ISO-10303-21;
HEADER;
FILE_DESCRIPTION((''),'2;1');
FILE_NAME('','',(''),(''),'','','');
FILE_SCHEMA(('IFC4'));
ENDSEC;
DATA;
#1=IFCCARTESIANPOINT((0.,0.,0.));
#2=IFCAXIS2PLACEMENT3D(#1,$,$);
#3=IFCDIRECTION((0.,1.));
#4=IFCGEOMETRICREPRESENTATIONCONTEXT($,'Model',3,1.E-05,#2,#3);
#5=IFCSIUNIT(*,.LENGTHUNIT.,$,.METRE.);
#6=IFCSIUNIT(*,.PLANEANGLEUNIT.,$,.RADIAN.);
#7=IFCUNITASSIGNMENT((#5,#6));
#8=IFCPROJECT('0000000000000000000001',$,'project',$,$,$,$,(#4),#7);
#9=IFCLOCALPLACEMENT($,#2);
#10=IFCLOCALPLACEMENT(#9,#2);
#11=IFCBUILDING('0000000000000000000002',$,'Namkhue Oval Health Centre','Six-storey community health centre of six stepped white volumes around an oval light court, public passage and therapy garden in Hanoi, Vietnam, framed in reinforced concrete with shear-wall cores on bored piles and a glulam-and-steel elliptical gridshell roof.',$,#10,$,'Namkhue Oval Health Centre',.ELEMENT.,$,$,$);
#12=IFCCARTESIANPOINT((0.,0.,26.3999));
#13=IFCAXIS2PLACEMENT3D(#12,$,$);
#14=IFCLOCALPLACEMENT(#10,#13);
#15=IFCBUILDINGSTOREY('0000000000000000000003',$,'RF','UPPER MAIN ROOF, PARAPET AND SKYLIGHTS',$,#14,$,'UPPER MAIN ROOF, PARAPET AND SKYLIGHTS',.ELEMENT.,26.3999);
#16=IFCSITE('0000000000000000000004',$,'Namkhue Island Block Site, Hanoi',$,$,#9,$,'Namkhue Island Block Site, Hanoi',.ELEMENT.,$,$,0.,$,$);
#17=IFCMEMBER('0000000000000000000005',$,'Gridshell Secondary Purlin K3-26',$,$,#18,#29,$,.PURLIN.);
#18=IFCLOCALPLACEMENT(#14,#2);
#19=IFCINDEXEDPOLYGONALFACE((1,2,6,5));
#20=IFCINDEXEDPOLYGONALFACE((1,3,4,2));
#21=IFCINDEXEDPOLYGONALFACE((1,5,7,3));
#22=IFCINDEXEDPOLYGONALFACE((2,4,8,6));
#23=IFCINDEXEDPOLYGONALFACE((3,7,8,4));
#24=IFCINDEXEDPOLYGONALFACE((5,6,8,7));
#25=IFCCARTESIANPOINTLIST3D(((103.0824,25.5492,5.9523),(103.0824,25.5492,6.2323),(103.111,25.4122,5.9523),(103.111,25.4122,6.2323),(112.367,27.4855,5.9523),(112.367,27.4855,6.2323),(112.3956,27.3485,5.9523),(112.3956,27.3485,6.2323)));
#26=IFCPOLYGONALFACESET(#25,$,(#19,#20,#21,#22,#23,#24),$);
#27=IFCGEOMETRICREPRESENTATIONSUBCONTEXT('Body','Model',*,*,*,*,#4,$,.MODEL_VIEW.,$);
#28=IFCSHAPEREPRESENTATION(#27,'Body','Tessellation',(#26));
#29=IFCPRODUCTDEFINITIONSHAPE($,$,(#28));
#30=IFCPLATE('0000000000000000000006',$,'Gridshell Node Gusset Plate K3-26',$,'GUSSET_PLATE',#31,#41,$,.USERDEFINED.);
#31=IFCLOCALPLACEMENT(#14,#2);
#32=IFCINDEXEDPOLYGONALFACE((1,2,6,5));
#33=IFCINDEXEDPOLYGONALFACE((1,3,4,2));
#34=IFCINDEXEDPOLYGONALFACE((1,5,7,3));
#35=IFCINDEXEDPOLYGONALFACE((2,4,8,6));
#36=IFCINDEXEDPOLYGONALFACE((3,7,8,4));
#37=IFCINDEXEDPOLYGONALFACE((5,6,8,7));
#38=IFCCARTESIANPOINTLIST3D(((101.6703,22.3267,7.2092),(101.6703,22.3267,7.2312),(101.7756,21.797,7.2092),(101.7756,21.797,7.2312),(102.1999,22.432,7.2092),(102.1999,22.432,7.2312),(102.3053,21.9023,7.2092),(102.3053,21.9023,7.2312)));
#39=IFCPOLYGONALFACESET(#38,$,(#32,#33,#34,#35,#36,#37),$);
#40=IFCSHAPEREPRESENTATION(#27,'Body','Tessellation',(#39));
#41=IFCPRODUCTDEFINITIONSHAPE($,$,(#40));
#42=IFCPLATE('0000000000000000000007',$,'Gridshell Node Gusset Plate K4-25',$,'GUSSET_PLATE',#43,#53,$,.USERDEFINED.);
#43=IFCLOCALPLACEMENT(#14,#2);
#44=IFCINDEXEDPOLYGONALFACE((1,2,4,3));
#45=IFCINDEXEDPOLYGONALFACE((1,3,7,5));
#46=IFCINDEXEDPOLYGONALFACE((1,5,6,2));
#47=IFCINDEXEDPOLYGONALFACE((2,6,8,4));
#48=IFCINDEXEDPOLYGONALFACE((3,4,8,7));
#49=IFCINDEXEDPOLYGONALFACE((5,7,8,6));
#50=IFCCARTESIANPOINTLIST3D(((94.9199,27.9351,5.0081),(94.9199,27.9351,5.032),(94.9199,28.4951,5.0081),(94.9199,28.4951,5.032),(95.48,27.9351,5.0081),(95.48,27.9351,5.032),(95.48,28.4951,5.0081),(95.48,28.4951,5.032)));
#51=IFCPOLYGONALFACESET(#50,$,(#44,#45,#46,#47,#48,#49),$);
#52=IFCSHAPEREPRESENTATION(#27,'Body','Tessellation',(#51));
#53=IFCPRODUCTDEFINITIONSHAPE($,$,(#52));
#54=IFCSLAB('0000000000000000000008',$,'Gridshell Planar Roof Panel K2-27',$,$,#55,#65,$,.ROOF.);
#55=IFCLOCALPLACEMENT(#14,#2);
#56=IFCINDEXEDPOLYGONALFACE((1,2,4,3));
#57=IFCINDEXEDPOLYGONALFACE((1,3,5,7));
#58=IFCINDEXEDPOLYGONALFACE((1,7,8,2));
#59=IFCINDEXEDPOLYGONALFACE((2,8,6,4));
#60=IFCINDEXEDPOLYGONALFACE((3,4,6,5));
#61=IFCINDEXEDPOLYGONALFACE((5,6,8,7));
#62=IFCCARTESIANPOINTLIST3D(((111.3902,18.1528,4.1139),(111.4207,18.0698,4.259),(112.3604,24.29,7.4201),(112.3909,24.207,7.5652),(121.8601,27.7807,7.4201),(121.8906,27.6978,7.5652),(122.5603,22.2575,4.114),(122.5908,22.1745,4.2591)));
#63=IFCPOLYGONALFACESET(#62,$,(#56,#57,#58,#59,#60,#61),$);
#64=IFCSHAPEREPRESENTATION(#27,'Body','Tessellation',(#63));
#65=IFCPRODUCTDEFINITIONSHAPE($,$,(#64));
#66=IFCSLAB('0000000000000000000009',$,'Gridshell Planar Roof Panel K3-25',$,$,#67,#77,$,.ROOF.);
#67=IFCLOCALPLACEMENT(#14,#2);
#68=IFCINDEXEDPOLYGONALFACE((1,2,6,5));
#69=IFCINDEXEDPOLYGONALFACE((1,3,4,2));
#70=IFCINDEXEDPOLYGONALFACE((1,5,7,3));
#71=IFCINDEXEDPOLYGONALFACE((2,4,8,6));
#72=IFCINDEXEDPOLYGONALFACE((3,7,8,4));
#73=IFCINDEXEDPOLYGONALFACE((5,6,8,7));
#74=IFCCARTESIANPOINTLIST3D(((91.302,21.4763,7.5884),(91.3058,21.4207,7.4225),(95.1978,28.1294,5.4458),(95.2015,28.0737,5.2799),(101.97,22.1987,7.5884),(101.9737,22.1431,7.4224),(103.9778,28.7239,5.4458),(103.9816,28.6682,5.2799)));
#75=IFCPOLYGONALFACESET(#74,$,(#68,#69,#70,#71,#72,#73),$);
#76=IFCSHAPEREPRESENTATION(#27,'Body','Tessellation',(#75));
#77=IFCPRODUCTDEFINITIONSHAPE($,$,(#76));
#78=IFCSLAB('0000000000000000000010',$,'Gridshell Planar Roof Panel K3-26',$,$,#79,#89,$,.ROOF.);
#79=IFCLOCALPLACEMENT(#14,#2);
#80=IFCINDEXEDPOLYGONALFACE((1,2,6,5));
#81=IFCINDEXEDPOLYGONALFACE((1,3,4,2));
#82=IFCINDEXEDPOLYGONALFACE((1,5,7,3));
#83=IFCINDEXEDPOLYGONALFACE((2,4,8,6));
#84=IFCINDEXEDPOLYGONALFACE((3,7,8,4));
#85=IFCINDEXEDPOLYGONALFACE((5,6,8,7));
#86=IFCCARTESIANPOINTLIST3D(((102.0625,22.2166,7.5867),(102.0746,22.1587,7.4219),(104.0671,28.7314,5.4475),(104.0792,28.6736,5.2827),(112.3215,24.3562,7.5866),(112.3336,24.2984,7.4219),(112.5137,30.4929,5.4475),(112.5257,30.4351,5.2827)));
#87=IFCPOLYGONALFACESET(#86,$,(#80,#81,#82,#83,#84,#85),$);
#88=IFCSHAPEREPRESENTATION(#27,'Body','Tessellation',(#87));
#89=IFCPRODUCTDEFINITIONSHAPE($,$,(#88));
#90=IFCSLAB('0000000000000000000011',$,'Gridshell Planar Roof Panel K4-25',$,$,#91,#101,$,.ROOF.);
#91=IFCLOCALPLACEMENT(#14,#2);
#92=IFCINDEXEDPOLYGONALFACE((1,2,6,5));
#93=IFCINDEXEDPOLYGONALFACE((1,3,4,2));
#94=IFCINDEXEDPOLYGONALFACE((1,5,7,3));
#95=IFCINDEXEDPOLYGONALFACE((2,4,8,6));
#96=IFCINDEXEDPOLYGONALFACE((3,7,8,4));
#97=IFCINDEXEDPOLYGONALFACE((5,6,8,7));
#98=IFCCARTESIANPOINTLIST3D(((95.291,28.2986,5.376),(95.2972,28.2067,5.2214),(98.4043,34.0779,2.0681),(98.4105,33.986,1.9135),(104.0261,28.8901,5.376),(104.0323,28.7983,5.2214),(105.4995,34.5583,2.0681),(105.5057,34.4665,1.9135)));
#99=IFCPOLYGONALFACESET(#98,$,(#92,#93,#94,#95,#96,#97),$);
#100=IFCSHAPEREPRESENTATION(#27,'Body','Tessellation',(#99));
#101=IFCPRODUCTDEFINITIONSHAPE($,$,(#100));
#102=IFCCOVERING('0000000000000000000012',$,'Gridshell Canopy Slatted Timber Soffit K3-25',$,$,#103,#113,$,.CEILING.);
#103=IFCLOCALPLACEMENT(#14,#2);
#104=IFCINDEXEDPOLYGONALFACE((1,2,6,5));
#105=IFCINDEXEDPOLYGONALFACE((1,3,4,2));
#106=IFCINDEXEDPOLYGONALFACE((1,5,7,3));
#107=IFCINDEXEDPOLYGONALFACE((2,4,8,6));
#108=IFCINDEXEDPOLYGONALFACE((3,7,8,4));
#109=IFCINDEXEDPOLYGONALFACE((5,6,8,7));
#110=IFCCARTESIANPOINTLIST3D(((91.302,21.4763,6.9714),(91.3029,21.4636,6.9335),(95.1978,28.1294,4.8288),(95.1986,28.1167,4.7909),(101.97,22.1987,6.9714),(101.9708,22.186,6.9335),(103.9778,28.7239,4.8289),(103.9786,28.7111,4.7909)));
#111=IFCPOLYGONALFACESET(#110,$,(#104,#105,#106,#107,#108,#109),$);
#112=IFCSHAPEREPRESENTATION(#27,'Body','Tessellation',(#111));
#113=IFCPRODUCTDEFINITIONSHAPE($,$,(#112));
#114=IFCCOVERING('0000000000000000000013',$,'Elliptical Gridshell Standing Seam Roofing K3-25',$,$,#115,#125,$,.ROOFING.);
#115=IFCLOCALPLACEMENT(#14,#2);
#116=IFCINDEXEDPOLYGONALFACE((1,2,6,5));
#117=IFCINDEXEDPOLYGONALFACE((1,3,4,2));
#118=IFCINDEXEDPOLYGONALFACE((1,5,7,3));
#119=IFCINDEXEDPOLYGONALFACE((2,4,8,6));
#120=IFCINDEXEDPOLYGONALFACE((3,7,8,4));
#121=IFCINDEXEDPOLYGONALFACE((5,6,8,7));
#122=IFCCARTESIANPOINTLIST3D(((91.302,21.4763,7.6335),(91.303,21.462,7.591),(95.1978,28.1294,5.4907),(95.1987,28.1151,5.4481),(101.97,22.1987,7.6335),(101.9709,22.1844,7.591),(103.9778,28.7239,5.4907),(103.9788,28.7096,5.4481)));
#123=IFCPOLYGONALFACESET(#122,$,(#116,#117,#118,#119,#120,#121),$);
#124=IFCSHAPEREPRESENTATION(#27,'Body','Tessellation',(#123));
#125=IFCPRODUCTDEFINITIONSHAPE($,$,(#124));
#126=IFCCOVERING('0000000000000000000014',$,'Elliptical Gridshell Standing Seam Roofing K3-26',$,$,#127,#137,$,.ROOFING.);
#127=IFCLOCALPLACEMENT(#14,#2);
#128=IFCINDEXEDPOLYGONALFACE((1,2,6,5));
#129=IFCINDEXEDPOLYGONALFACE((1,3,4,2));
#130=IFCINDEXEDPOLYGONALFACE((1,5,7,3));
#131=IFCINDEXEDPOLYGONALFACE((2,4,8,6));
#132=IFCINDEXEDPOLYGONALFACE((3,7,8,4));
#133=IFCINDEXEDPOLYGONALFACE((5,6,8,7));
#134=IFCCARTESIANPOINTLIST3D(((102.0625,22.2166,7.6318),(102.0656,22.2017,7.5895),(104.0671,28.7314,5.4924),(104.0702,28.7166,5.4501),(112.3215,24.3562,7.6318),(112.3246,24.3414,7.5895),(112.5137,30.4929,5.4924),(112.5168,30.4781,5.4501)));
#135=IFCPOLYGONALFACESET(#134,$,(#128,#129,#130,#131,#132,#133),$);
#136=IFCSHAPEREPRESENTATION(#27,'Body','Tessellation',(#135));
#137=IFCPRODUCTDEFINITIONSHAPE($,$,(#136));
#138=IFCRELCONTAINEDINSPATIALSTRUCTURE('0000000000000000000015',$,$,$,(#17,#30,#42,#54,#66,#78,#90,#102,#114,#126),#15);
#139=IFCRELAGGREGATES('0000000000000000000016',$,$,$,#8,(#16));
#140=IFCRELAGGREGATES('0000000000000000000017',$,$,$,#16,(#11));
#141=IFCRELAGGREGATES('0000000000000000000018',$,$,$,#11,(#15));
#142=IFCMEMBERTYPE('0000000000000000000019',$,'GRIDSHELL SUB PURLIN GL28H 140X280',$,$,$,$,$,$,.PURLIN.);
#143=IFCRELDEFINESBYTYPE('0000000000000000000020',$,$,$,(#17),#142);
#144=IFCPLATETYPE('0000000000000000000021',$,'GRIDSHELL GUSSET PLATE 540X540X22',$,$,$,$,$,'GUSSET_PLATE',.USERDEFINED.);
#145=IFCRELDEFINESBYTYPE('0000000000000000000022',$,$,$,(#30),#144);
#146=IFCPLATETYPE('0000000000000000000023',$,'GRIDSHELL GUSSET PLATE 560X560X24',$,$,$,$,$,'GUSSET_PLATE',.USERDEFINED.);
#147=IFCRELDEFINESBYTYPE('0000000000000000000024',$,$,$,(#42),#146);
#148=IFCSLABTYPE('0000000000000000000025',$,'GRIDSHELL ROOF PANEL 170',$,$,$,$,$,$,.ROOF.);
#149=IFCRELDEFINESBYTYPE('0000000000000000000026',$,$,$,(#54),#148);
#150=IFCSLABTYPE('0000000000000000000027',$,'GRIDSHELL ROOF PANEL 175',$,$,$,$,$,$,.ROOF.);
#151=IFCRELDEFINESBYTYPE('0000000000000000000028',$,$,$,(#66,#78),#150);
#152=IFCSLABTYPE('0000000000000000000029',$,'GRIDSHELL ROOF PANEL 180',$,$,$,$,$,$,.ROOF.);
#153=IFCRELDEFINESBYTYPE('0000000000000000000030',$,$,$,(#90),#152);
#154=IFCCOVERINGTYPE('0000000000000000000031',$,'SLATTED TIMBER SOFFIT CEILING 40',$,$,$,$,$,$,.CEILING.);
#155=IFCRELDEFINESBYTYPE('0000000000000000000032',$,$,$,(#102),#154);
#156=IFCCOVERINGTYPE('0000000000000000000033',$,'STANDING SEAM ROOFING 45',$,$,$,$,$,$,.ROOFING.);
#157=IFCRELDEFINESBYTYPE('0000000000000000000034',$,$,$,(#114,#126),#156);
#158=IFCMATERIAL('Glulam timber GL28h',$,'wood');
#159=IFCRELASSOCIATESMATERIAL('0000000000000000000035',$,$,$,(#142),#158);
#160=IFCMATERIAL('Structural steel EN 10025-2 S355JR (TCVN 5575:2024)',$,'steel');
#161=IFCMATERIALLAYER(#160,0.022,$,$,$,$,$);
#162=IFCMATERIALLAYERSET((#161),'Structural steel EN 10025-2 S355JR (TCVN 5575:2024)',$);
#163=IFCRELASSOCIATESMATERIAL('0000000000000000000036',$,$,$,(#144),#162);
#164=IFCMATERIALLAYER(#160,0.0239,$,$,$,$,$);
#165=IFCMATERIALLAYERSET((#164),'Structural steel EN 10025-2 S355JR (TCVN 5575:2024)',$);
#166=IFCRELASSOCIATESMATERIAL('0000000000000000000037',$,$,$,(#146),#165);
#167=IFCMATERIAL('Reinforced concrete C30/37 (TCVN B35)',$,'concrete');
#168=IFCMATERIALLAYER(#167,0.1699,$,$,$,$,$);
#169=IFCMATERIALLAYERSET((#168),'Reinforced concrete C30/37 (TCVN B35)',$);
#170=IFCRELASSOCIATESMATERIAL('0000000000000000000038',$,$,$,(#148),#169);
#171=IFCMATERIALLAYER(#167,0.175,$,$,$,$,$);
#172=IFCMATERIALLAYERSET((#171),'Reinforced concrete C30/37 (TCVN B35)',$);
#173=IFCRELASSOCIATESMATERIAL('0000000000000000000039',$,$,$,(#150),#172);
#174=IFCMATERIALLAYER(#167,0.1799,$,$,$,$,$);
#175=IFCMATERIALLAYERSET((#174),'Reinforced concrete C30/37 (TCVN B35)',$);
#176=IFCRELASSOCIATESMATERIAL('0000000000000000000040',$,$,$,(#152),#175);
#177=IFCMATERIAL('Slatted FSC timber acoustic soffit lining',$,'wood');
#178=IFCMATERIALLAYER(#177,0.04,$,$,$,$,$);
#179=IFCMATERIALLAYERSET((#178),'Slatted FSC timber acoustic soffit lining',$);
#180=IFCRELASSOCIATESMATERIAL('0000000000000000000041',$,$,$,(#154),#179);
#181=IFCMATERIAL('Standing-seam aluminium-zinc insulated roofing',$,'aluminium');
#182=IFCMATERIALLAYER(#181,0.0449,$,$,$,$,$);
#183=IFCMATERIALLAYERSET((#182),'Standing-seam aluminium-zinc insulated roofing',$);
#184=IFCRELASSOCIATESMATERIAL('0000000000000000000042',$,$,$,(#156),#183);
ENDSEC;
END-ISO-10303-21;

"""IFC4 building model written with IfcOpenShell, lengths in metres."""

from ifc_helpers import new_model, si_unit, direction, frame, origin, origin_2d, place, context, subcontext, project, spatial, polyline, rectangle, outline, extrude, material, layer, layer_set, material_profile, profile_set, type_object, element, save


model = new_model("IFC4")

# Units and contexts
model_context = context("Model", 3, precision=1e-05, world=origin(), true_north=direction((0.0, 1.0)))
body_context = subcontext(model_context, "Body", "Model", "MODEL_VIEW")
ifc_project = project(units=[si_unit("LENGTHUNIT", "METRE"), si_unit("PLANEANGLEUNIT", "RADIAN")], contexts=[model_context])

# Site, building, storey
site_placement = place(None, origin())
site = spatial("IfcSite", under=ifc_project, at=site_placement, Name="Namkhue Island Block Site, Hanoi", LongName="Namkhue Island Block Site, Hanoi", CompositionType="ELEMENT", RefElevation=0.0)
building_placement = place(site_placement, origin())
building = spatial("IfcBuilding", under=site, at=building_placement, Name="Namkhue Oval Health Centre", Description="Six-storey community health centre of six stepped white volumes around an oval light court, public passage and therapy garden in Hanoi, Vietnam, framed in reinforced concrete with shear-wall cores on bored piles and a glulam-and-steel elliptical gridshell roof.", LongName="Namkhue Oval Health Centre", CompositionType="ELEMENT")
storey_placement = place(building_placement, frame((0.0, 0.0, 26.3999)))
storey = spatial("IfcBuildingStorey", under=building, at=storey_placement, Name="RF", Description="UPPER MAIN ROOF, PARAPET AND SKYLIGHTS", LongName="UPPER MAIN ROOF, PARAPET AND SKYLIGHTS", CompositionType="ELEMENT", Elevation=26.3999)

# Member
ifc_material_1 = material(Name="Structural steel EN 10025-2 S355JR (TCVN 5575:2024)", Category="steel")
ifc_material_2 = material(Name="Glulam timber GL28h", Category="wood")
ifc_material_profile_1 = material_profile(ifc_material_2, rectangle(XDim=0.1399, YDim=0.28, at=origin_2d()), Name="GL28h 140x280")
ifc_profile_set_1 = profile_set([ifc_material_profile_1], Name="Glulam timber GL28h")
member_type_1 = type_object("IfcMemberType", Name="GRIDSHELL SUB PURLIN GL28H 140X280", PredefinedType="PURLIN", material=ifc_profile_set_1)
member_1_placement = place(storey_placement, frame((103.0967, 25.4807, 6.0923), z_axis=(0.978939, 0.204154, 0.0), x_axis=(-0.204154, 0.978939, 0.0)))
element("IfcMember", 1, at=member_1_placement, inside=storey, type_object=member_type_1, Name="Gridshell Secondary Purlin K3-26", PredefinedType="PURLIN", context=body_context, shape_type="SweptSolid", body=[
    extrude(rectangle(XDim=0.1399, YDim=0.28, at=origin_2d()), origin(), (0.0, 0.0, 1.0), 9.4844),
])

# Plates
ifc_layer_1 = layer(ifc_material_1, 0.022)
ifc_layer_set_1 = layer_set([ifc_layer_1], Name="Structural steel EN 10025-2 S355JR (TCVN 5575:2024)")
plate_type_1 = type_object("IfcPlateType", Name="GRIDSHELL GUSSET PLATE 540X540X22", ElementType="GUSSET_PLATE", PredefinedType="USERDEFINED", material=ifc_layer_set_1)
plate_1_placement = place(storey_placement, frame((101.9878, 22.1145, 7.2092), z_axis=(0.0, 0.0, 1.0), x_axis=(0.19509, -0.980785, 0.0)))
element("IfcPlate", 2, at=plate_1_placement, inside=storey, type_object=plate_type_1, Name="Gridshell Node Gusset Plate K3-26", ObjectType="GUSSET_PLATE", PredefinedType="USERDEFINED", context=body_context, shape_type="SweptSolid", body=[
    extrude(rectangle(XDim=0.54, YDim=0.54, at=origin_2d()), origin(), (0.0, 0.0, 1.0), 0.022),
])
ifc_layer_2 = layer(ifc_material_1, 0.0239)
ifc_layer_set_2 = layer_set([ifc_layer_2], Name="Structural steel EN 10025-2 S355JR (TCVN 5575:2024)")
plate_type_2 = type_object("IfcPlateType", Name="GRIDSHELL GUSSET PLATE 560X560X24", ElementType="GUSSET_PLATE", PredefinedType="USERDEFINED", material=ifc_layer_set_2)
plate_2_placement = place(storey_placement, frame((95.2, 28.2151, 5.0081), z_axis=(0.0, 0.0, 1.0), x_axis=(0.0, -1.0, 0.0)))
element("IfcPlate", 3, at=plate_2_placement, inside=storey, type_object=plate_type_2, Name="Gridshell Node Gusset Plate K4-25", ObjectType="GUSSET_PLATE", PredefinedType="USERDEFINED", context=body_context, shape_type="SweptSolid", body=[
    extrude(rectangle(XDim=0.5601, YDim=0.5601, at=origin_2d()), origin(), (0.0, 0.0, 1.0), 0.0239),
])

# Slabs
ifc_material_3 = material(Name="Reinforced concrete C30/37 (TCVN B35)", Category="concrete")
ifc_layer_3 = layer(ifc_material_3, 0.1699)
ifc_layer_set_3 = layer_set([ifc_layer_3], Name="Reinforced concrete C30/37 (TCVN B35)")
slab_type_1 = type_object("IfcSlabType", Name="GRIDSHELL ROOF PANEL 170", PredefinedType="ROOF", material=ifc_layer_set_3)
slab_1_placement = place(storey_placement, frame((111.4207, 18.0698, 4.259), z_axis=(0.179474, -0.488412, 0.853957), x_axis=(0.938632, 0.34492, 0.000003)))
element("IfcSlab", 4, at=slab_1_placement, inside=storey, type_object=slab_type_1, Name="Gridshell Planar Roof Panel K2-27", PredefinedType="ROOF", context=body_context, shape_type="SweptSolid", body=[
    extrude(outline(polyline([(0.0, 0.0), (11.9005, 0.0), (13.1483, 6.3537), (3.0275, 6.3538), (0.0, 0.0)])), origin(), (0.0, 0.0, -1.0), 0.1699),
])
ifc_layer_4 = layer(ifc_material_3, 0.175)
ifc_layer_set_4 = layer_set([ifc_layer_4], Name="Reinforced concrete C30/37 (TCVN B35)")
slab_type_2 = type_object("IfcSlabType", Name="GRIDSHELL ROOF PANEL 175", PredefinedType="ROOF", material=ifc_layer_set_4)
slab_2_placement = place(storey_placement, frame((91.302, 21.4763, 7.5884), z_axis=(-0.021524, 0.317867, 0.947891), x_axis=(0.997715, 0.067563, -0.000001)))
element("IfcSlab", 5, at=slab_2_placement, inside=storey, type_object=slab_type_2, Name="Gridshell Planar Roof Panel K3-25", PredefinedType="ROOF", context=body_context, shape_type="SweptSolid", body=[
    extrude(outline(polyline([(0.0, 0.0), (10.6924, 0.0), (13.1365, 6.725), (4.3364, 6.7251), (0.0, 0.0)])), origin(), (0.0, 0.0, -1.0), 0.175),
])
slab_3_placement = place(storey_placement, frame((102.0625, 22.2166, 7.5867), z_axis=(-0.068884, 0.330295, 0.941361), x_axis=(0.978936, 0.204168, -0.000003)))
element("IfcSlab", 6, at=slab_3_placement, inside=storey, type_object=slab_type_2, Name="Gridshell Planar Roof Panel K3-26", PredefinedType="ROOF", context=body_context, shape_type="SweptSolid", body=[
    extrude(outline(polyline([(0.0, 0.0), (10.4798, 0.0), (11.9208, 6.34), (3.2926, 6.3402), (0.0, 0.0)])), origin(), (0.0, 0.0, -1.0), 0.175),
])
ifc_layer_5 = layer(ifc_material_3, 0.1799)
ifc_layer_set_5 = layer_set([ifc_layer_5], Name="Reinforced concrete C30/37 (TCVN B35)")
slab_type_3 = type_object("IfcSlabType", Name="GRIDSHELL ROOF PANEL 180", PredefinedType="ROOF", material=ifc_layer_set_5)
slab_4_placement = place(storey_placement, frame((95.291, 28.2986, 5.376), z_axis=(-0.034565, 0.510415, 0.859233), x_axis=(0.997715, 0.067566, -0.000001)))
element("IfcSlab", 7, at=slab_4_placement, inside=storey, type_object=slab_type_3, Name="Gridshell Planar Roof Panel K4-25", PredefinedType="ROOF", context=body_context, shape_type="SweptSolid", body=[
    extrude(outline(polyline([(0.0, 0.0), (8.7551, 0.0), (10.6081, 6.4659), (3.4967, 6.4659), (0.0, 0.0)])), origin(), (0.0, 0.0, -1.0), 0.1799),
])

# Coverings
ifc_material_4 = material(Name="Slatted FSC timber acoustic soffit lining", Category="wood")
ifc_layer_6 = layer(ifc_material_4, 0.04)
ifc_layer_set_6 = layer_set([ifc_layer_6], Name="Slatted FSC timber acoustic soffit lining")
covering_type_1 = type_object("IfcCoveringType", Name="SLATTED TIMBER SOFFIT CEILING 40", PredefinedType="CEILING", material=ifc_layer_set_6)
covering_1_placement = place(storey_placement, frame((91.302, 21.4763, 6.9714), z_axis=(-0.021524, 0.317867, 0.947891), x_axis=(0.997715, 0.067563, -0.000001)))
element("IfcCovering", 8, at=covering_1_placement, inside=storey, type_object=covering_type_1, Name="Gridshell Canopy Slatted Timber Soffit K3-25", PredefinedType="CEILING", context=body_context, shape_type="SweptSolid", body=[
    extrude(outline(polyline([(0.0, 0.0), (10.6924, 0.0), (13.1365, 6.725), (4.3364, 6.7251), (0.0, 0.0)])), origin(), (0.0, 0.0, -1.0), 0.04),
])
ifc_material_5 = material(Name="Standing-seam aluminium-zinc insulated roofing", Category="aluminium")
ifc_layer_7 = layer(ifc_material_5, 0.0449)
ifc_layer_set_7 = layer_set([ifc_layer_7], Name="Standing-seam aluminium-zinc insulated roofing")
covering_type_2 = type_object("IfcCoveringType", Name="STANDING SEAM ROOFING 45", PredefinedType="ROOFING", material=ifc_layer_set_7)
covering_2_placement = place(storey_placement, frame((91.302, 21.4763, 7.6335), z_axis=(-0.021526, 0.3179, 0.94788), x_axis=(0.997715, 0.067563, -0.000001)))
element("IfcCovering", 9, at=covering_2_placement, inside=storey, type_object=covering_type_2, Name="Elliptical Gridshell Standing Seam Roofing K3-25", PredefinedType="ROOFING", context=body_context, shape_type="SweptSolid", body=[
    extrude(outline(polyline([(0.0, 0.0), (10.6924, 0.0), (13.1365, 6.7251), (4.3364, 6.7252), (0.0, 0.0)])), origin(), (0.0, 0.0, -1.0), 0.0449),
])
covering_3_placement = place(storey_placement, frame((102.0625, 22.2166, 7.6318), z_axis=(-0.068891, 0.330329, 0.941348), x_axis=(0.978936, 0.204168, -0.000003)))
element("IfcCovering", 10, at=covering_3_placement, inside=storey, type_object=covering_type_2, Name="Elliptical Gridshell Standing Seam Roofing K3-26", PredefinedType="ROOFING", context=body_context, shape_type="SweptSolid", body=[
    extrude(outline(polyline([(0.0, 0.0), (10.4798, 0.0), (11.9208, 6.3401), (3.2926, 6.3402), (0.0, 0.0)])), origin(), (0.0, 0.0, -1.0), 0.0449),
])

save(model, "model.ifc")
